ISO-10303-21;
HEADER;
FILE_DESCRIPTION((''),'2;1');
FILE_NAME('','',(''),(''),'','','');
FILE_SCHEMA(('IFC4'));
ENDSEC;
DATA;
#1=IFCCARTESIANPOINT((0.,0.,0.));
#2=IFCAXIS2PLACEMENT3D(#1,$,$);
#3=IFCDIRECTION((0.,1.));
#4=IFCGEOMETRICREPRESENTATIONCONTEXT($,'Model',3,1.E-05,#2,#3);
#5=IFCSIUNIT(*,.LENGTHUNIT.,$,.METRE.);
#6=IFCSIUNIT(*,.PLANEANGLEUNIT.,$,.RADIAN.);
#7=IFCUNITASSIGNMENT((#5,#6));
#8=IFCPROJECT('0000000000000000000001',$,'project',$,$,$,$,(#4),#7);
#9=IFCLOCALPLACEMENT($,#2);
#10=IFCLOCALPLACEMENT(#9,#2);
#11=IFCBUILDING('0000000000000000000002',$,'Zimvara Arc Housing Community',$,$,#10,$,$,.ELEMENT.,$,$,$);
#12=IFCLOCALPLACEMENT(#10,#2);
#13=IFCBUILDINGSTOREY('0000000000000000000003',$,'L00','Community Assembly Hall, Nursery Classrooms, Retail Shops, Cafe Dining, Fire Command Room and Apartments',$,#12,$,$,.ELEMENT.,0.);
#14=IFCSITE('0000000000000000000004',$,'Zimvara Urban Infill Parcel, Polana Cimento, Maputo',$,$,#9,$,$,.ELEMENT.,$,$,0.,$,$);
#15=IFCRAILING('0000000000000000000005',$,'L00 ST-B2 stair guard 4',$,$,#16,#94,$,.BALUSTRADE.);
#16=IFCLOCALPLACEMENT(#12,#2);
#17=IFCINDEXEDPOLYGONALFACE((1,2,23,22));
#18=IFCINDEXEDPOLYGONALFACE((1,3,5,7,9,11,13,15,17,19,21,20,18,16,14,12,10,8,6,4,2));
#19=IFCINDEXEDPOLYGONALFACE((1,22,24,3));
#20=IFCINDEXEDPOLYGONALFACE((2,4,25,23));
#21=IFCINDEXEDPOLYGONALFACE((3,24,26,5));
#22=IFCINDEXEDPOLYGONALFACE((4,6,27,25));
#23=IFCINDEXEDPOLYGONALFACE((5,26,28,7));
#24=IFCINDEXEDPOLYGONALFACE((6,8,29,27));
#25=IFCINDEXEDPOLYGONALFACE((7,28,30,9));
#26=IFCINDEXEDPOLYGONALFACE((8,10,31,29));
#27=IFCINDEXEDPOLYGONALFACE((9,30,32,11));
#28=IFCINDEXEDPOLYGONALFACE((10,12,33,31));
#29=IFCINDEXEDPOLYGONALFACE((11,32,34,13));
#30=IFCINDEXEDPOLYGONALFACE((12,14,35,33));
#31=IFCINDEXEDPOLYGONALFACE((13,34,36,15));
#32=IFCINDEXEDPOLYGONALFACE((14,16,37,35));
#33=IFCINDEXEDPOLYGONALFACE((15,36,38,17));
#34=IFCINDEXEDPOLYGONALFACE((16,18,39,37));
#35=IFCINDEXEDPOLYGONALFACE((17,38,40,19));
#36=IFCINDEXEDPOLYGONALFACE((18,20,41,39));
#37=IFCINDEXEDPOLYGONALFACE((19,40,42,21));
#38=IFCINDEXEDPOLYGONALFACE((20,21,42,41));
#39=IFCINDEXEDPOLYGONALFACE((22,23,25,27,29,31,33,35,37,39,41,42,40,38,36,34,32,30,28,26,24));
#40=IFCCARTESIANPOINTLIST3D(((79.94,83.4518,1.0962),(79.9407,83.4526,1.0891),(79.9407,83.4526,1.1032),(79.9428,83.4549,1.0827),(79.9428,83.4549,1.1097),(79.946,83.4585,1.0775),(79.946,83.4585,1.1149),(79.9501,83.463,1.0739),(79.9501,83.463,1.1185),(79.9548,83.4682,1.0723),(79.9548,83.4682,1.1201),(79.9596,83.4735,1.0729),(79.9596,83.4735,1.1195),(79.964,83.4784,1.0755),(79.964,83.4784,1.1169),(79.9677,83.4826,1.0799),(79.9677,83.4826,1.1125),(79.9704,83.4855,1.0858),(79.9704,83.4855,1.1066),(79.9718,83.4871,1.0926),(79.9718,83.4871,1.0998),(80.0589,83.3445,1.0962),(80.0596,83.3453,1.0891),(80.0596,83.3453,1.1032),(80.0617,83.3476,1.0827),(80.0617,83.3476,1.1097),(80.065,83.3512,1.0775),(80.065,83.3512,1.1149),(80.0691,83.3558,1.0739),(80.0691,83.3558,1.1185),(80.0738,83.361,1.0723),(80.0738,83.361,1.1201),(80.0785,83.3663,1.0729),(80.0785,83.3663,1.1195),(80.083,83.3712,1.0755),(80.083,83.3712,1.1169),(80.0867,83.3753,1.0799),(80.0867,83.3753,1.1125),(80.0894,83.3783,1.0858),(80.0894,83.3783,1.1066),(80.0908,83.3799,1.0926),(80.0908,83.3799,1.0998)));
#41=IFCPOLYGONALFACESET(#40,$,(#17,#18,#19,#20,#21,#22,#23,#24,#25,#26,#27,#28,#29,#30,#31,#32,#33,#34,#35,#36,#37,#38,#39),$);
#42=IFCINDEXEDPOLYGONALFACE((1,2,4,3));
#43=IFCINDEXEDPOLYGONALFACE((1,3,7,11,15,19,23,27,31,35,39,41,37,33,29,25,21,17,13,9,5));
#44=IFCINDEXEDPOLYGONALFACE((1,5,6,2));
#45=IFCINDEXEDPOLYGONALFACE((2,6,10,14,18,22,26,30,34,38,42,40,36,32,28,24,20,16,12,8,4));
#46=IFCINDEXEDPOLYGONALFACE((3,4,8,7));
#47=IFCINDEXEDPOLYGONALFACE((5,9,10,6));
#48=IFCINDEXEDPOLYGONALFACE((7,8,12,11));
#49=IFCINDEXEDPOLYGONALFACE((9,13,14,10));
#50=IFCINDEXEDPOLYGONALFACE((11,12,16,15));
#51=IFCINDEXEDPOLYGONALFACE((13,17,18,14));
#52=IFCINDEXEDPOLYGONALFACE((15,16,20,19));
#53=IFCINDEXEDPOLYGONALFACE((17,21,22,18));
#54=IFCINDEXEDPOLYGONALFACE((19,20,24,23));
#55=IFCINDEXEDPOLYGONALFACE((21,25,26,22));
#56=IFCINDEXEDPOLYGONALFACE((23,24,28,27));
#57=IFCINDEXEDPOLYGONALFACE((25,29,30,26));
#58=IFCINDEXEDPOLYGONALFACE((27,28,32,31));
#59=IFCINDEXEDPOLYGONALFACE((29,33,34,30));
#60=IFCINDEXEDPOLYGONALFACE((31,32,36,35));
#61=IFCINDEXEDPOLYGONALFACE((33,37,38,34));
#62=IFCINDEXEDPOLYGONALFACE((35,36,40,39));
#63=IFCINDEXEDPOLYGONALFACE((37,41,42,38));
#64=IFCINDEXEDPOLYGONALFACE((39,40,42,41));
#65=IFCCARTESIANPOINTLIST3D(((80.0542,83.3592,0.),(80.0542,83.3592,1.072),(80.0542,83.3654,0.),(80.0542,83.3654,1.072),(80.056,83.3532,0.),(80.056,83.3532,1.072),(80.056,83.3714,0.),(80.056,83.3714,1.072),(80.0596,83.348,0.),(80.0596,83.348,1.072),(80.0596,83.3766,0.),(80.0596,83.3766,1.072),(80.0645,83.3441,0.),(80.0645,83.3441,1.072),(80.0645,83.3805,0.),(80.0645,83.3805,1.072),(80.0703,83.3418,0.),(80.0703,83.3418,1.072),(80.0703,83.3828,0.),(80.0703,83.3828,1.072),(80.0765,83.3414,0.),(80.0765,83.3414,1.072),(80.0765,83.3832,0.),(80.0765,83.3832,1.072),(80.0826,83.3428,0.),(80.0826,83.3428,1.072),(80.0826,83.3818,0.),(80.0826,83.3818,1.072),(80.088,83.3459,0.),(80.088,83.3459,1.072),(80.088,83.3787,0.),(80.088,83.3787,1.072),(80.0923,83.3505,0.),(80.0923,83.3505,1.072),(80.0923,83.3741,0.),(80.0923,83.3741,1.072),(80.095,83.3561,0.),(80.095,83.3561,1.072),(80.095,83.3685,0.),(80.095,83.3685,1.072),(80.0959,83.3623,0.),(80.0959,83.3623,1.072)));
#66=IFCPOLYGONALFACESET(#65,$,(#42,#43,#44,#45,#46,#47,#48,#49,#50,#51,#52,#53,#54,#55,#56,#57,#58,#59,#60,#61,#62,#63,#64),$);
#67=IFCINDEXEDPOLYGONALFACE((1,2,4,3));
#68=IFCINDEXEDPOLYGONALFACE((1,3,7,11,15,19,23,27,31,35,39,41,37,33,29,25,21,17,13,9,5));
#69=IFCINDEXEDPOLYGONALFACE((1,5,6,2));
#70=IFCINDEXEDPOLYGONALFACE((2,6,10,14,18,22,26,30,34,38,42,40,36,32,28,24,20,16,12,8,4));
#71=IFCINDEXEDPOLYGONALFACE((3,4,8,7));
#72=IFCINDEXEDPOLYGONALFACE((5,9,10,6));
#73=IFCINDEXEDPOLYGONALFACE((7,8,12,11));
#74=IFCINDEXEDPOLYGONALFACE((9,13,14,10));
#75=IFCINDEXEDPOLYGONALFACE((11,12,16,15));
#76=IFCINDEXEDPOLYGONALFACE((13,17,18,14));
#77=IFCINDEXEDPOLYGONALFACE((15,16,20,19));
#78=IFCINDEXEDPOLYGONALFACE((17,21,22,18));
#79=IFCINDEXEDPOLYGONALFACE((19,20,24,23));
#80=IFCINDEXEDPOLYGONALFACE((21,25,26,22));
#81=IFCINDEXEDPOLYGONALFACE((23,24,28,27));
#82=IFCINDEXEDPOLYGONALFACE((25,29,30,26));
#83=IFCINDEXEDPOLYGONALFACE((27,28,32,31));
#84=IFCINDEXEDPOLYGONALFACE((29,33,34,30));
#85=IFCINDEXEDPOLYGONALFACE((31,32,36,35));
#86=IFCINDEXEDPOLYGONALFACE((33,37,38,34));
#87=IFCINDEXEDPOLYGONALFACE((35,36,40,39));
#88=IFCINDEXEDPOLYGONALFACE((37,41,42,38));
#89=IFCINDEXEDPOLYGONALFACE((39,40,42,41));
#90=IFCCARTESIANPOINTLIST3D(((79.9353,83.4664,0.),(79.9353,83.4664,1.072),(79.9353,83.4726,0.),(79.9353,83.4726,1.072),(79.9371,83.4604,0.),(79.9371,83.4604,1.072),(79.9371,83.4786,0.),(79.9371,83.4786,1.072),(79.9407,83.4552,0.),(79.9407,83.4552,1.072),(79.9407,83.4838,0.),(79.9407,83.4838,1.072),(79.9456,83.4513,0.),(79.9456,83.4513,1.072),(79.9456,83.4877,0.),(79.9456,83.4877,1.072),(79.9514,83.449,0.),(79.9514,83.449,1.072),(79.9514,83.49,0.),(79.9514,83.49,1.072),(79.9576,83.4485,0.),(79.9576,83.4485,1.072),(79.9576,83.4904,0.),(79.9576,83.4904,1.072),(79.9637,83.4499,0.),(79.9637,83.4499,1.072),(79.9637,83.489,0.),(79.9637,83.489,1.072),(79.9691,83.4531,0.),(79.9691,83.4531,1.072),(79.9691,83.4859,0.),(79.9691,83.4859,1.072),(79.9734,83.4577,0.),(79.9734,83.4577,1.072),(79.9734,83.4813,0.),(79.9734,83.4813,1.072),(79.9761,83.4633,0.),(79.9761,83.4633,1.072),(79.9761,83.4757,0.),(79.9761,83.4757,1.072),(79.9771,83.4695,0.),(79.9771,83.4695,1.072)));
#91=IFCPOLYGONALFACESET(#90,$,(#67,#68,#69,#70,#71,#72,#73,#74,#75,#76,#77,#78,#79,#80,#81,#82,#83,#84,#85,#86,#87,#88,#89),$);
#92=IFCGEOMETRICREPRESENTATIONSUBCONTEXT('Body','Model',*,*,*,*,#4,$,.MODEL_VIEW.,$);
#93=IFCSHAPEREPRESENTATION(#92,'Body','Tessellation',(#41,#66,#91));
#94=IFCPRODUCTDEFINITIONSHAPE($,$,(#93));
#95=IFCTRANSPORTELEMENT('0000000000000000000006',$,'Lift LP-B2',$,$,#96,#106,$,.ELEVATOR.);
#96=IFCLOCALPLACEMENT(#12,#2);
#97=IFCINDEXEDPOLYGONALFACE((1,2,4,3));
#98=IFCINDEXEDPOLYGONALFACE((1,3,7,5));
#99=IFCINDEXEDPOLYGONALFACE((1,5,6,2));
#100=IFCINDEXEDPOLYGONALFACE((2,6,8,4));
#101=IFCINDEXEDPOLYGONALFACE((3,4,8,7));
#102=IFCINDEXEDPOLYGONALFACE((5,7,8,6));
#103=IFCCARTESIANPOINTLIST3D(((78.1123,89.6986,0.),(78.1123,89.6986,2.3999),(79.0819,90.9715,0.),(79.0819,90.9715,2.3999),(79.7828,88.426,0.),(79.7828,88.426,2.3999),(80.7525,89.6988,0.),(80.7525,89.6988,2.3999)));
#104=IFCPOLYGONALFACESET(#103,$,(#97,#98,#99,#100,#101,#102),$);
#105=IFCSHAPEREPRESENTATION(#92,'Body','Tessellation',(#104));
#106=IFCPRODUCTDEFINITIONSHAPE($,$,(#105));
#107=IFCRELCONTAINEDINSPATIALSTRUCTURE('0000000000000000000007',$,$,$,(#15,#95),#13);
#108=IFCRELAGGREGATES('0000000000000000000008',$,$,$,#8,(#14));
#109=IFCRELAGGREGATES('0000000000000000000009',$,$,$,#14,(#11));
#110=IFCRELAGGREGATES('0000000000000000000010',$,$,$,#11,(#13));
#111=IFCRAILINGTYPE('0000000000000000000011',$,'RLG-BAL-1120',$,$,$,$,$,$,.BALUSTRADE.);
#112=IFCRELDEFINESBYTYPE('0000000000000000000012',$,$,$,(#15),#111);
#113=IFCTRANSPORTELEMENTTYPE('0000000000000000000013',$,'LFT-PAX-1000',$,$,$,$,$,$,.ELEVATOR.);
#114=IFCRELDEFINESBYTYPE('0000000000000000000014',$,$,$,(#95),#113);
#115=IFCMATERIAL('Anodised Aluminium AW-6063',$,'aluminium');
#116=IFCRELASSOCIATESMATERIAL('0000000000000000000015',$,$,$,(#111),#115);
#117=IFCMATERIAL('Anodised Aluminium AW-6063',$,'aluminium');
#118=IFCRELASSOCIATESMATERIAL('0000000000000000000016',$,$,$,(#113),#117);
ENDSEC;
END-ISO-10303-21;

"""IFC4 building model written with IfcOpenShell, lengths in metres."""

from ifc_helpers import new_model, si_unit, direction, frame, origin, origin_2d, place, context, subcontext, project, spatial, rectangle, circle, extrude, material, type_object, element, save


model = new_model("IFC4")

# Units and contexts
model_context = context("Model", 3, precision=1e-05, world=origin(), true_north=direction((0.0, 1.0)))
body_context = subcontext(model_context, "Body", "Model", "MODEL_VIEW")
ifc_project = project(units=[si_unit("LENGTHUNIT", "METRE"), si_unit("PLANEANGLEUNIT", "RADIAN")], contexts=[model_context])

# Site, building, storey
site_placement = place(None, origin())
site = spatial("IfcSite", under=ifc_project, at=site_placement, Name="Zimvara Urban Infill Parcel, Polana Cimento, Maputo", CompositionType="ELEMENT", RefElevation=0.0)
building_placement = place(site_placement, origin())
building = spatial("IfcBuilding", under=site, at=building_placement, Name="Zimvara Arc Housing Community", CompositionType="ELEMENT")
storey_placement = place(building_placement, origin())
storey = spatial("IfcBuildingStorey", under=building, at=storey_placement, Name="L00", Description="Community Assembly Hall, Nursery Classrooms, Retail Shops, Cafe Dining, Fire Command Room and Apartments", CompositionType="ELEMENT", Elevation=0.0)

# Railing
ifc_material_1 = material(Name="Anodised Aluminium AW-6063", Category="aluminium")
railing_type = type_object("IfcRailingType", Name="RLG-BAL-1120", PredefinedType="BALUSTRADE", material=ifc_material_1)
railing_1_placement = place(storey_placement, frame((80.075, 83.3623, 0.0)))
element("IfcRailing", 1, at=railing_1_placement, inside=storey, type_object=railing_type, Name="L00 ST-B2 stair guard 4", PredefinedType="BALUSTRADE", context=body_context, shape_type="SweptSolid", body=[
    extrude(circle(Radius=0.0239, at=origin_2d()), frame((0.0, 0.0, 1.0962), z_axis=(-0.742763, 0.669554, 0.0), x_axis=(-0.669554, -0.742763, 0.0)), (0.0, 0.0, 1.0), 0.1602),
    extrude(circle(Radius=0.021, at=origin_2d()), origin(), (0.0, 0.0, 1.0), 1.072),
    extrude(circle(Radius=0.021, at=origin_2d()), frame((-0.1189, 0.1072, 0.0)), (0.0, 0.0, 1.0), 1.072),
])

# Transport element
ifc_material_2 = material(Name="Anodised Aluminium AW-6063", Category="aluminium")
transport_element_type = type_object("IfcTransportElementType", Name="LFT-PAX-1000", PredefinedType="ELEVATOR", material=ifc_material_2)
transport_element_placement = place(storey_placement, frame((79.4324, 89.6987, 0.0), z_axis=(0.0, 0.0, 1.0), x_axis=(0.605988, 0.795473, 0.0)))
element("IfcTransportElement", 2, at=transport_element_placement, inside=storey, type_object=transport_element_type, Name="Lift LP-B2", PredefinedType="ELEVATOR", context=body_context, shape_type="SweptSolid", body=[
    extrude(rectangle(XDim=1.6001, YDim=2.1001, at=origin_2d()), origin(), (0.0, 0.0, 1.0), 2.3999),
])

save(model, "model.ifc")
